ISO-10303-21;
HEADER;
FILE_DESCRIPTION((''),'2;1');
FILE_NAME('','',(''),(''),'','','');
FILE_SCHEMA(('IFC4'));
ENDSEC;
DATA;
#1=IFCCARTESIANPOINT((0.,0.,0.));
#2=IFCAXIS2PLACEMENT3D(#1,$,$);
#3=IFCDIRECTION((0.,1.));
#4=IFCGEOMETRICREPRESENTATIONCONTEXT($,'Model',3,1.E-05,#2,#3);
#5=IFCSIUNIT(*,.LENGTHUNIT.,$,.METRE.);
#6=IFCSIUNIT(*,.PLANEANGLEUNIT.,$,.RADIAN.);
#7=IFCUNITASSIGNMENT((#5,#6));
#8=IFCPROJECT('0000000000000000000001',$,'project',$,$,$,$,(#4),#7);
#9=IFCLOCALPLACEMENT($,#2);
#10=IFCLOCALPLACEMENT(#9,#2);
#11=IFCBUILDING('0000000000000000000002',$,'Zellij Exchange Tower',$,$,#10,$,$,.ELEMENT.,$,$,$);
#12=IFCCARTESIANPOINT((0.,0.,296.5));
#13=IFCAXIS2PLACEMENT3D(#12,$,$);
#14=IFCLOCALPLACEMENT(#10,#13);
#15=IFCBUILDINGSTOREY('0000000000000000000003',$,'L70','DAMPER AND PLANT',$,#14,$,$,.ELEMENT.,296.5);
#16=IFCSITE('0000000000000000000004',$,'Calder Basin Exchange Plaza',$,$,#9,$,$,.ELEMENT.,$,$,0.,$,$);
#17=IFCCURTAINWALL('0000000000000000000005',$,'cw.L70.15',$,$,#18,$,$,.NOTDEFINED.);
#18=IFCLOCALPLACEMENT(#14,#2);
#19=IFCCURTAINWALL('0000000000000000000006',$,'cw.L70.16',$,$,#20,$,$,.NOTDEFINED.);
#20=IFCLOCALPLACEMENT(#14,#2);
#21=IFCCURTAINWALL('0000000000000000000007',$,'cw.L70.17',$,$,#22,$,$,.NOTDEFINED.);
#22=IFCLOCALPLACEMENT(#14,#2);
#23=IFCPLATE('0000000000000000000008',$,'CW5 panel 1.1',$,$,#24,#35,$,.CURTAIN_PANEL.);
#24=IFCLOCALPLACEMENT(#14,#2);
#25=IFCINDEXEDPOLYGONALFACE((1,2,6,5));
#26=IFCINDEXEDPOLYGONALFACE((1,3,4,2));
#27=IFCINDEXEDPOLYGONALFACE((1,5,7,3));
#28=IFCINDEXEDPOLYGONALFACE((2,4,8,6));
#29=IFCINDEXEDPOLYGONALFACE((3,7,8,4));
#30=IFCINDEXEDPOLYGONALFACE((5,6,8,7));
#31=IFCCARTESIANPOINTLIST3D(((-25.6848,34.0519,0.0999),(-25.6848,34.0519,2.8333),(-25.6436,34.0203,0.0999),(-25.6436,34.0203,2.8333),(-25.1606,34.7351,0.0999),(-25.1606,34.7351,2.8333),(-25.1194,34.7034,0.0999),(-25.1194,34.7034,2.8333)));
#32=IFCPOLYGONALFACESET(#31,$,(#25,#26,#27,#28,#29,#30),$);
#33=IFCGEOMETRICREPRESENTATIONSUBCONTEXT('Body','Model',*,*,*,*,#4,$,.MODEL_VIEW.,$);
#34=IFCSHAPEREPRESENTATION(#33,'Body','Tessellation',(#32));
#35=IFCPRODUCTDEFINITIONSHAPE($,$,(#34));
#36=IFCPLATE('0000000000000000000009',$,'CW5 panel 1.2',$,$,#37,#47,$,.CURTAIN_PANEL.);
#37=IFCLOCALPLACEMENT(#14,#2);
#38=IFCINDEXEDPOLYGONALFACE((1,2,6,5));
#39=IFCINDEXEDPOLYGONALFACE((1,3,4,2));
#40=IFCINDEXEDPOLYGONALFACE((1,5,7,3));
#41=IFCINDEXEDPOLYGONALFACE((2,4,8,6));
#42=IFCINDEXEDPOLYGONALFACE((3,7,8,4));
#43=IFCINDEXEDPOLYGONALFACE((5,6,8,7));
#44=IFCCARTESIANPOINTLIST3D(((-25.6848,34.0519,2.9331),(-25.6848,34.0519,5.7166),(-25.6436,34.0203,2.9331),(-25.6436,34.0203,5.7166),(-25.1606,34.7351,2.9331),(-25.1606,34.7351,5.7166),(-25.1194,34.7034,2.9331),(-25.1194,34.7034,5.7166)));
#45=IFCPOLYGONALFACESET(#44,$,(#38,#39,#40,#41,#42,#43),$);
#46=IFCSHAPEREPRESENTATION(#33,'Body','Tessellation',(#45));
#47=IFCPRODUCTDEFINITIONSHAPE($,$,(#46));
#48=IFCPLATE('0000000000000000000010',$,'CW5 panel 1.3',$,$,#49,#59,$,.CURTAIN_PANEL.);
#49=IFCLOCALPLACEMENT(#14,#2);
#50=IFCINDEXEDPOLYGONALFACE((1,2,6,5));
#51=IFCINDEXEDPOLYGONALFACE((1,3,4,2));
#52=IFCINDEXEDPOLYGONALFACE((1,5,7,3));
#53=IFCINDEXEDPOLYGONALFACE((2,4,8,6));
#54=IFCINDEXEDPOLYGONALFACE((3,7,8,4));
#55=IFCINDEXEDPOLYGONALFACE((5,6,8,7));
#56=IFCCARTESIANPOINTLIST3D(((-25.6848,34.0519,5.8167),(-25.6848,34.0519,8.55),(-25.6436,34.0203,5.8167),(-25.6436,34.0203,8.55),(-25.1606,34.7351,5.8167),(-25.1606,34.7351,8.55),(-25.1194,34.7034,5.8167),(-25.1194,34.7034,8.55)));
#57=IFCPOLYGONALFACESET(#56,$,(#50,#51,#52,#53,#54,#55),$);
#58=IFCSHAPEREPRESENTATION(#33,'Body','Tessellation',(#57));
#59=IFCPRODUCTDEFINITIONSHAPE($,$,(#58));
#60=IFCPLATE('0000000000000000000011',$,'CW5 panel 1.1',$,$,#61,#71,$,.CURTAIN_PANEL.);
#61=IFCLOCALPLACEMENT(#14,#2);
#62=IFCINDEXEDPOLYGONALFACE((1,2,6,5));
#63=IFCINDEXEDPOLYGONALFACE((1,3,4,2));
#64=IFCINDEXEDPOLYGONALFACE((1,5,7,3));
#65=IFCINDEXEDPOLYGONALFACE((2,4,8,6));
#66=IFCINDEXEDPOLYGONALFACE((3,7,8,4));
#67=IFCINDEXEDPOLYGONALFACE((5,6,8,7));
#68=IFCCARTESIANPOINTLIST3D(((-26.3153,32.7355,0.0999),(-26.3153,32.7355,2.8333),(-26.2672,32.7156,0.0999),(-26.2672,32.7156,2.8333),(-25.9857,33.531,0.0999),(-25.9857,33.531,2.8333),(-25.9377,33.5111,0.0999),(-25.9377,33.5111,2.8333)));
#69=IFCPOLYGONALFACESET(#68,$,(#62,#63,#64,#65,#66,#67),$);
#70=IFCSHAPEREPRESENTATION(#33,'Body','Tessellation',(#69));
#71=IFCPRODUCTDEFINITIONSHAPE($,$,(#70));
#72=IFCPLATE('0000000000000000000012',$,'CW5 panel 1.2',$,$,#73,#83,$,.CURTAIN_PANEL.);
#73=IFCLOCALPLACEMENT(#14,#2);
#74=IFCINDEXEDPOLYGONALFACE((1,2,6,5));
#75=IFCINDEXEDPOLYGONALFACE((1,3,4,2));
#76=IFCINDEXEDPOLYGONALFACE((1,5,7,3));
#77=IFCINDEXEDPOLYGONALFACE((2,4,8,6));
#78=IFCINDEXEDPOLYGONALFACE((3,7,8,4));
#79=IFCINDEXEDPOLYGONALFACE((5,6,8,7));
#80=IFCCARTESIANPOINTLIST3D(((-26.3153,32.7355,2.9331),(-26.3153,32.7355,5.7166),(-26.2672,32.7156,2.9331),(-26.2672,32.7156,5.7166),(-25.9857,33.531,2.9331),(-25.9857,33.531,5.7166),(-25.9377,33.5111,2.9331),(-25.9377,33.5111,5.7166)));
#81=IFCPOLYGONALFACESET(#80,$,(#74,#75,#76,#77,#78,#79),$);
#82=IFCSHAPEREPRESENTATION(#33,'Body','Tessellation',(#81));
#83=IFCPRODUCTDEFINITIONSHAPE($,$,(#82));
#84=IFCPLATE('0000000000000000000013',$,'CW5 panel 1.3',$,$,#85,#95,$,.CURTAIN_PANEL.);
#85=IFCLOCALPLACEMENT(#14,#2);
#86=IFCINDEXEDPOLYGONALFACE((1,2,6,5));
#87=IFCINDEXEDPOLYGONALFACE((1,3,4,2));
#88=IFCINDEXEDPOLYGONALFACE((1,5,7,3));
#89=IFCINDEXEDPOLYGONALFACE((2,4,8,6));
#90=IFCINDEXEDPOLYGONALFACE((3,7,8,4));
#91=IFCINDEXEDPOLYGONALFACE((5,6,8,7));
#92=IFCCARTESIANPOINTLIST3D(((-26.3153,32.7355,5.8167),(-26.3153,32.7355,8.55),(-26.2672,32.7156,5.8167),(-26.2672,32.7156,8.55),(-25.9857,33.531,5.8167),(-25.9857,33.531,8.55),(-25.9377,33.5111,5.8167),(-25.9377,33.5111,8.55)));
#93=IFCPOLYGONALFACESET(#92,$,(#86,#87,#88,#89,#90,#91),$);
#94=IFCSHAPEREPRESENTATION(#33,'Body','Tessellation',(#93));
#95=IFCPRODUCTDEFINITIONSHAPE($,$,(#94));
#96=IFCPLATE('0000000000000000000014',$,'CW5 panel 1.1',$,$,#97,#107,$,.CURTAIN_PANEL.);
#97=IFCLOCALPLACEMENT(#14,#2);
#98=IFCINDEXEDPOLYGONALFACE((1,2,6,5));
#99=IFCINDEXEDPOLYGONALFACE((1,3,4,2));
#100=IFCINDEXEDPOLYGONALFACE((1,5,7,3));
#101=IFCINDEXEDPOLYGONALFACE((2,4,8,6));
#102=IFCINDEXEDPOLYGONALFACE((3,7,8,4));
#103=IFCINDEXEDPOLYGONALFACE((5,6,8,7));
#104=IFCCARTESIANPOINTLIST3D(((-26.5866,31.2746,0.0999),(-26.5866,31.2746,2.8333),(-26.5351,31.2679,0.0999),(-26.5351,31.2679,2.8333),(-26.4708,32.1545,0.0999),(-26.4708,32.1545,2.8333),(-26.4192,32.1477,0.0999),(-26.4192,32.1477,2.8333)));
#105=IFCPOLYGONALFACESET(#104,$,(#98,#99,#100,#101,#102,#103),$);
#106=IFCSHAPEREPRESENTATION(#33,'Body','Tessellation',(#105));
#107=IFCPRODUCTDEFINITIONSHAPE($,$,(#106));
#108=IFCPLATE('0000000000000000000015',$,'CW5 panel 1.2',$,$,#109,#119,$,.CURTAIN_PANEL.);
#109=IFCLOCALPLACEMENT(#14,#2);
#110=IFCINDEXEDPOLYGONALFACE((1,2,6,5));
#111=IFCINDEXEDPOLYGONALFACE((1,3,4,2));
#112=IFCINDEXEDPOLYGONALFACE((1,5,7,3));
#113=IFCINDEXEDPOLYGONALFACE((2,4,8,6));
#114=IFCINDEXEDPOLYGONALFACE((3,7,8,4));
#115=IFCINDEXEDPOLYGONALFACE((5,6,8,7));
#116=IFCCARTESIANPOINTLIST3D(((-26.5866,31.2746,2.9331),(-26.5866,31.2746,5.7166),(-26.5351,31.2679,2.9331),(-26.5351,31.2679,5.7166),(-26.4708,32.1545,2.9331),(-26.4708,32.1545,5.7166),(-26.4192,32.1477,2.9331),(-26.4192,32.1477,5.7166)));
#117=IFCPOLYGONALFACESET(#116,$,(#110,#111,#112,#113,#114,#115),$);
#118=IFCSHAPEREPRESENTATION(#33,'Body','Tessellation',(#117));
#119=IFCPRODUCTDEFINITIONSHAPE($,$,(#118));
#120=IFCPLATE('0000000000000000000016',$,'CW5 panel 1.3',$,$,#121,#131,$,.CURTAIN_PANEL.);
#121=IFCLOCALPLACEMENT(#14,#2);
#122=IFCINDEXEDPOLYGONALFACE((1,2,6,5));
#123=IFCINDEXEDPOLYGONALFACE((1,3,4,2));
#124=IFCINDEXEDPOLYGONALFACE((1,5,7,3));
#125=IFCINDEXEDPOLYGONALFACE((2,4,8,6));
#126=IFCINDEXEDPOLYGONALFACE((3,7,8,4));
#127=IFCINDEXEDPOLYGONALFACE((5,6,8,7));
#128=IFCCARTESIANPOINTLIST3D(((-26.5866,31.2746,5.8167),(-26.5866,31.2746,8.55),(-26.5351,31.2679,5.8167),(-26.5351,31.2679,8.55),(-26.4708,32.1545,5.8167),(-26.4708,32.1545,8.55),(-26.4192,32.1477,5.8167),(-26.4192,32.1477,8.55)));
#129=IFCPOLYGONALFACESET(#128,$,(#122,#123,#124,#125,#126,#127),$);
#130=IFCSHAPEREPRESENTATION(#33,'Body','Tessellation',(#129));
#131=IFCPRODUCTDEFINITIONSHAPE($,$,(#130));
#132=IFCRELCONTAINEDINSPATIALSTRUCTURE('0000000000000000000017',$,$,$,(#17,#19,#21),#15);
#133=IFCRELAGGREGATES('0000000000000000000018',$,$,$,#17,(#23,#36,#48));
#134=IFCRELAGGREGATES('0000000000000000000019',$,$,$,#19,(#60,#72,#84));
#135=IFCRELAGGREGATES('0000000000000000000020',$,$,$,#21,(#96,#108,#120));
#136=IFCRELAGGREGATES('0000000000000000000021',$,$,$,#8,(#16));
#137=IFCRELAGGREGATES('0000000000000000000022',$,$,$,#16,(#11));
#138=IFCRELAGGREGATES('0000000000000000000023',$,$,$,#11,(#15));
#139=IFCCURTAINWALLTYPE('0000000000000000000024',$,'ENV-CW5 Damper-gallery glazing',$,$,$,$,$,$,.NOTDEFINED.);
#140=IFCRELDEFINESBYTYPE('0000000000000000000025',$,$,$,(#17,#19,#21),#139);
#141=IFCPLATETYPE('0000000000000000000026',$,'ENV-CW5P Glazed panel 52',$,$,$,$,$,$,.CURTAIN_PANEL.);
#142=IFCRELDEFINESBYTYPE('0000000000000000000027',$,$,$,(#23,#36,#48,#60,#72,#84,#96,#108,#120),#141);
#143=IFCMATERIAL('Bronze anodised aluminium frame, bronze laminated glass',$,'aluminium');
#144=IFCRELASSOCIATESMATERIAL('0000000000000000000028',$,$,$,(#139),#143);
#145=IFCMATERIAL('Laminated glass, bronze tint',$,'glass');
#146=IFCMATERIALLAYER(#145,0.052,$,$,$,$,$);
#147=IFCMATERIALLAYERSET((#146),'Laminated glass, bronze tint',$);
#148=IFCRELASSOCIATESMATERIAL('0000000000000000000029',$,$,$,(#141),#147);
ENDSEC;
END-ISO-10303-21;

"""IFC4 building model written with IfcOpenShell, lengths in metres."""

from ifc_helpers import new_model, si_unit, direction, frame, origin, origin_2d, place, context, subcontext, project, spatial, rectangle, extrude, material, layer, layer_set, type_object, element, aggregate, save


model = new_model("IFC4")

# Units and contexts
model_context = context("Model", 3, precision=1e-05, world=origin(), true_north=direction((0.0, 1.0)))
body_context = subcontext(model_context, "Body", "Model", "MODEL_VIEW")
ifc_project = project(units=[si_unit("LENGTHUNIT", "METRE"), si_unit("PLANEANGLEUNIT", "RADIAN")], contexts=[model_context])

# Site, building, storey
site_placement = place(None, origin())
site = spatial("IfcSite", under=ifc_project, at=site_placement, Name="Calder Basin Exchange Plaza", CompositionType="ELEMENT", RefElevation=0.0)
building_placement = place(site_placement, origin())
building = spatial("IfcBuilding", under=site, at=building_placement, Name="Zellij Exchange Tower", CompositionType="ELEMENT")
storey_placement = place(building_placement, frame((0.0, 0.0, 296.5)))
storey = spatial("IfcBuildingStorey", under=building, at=storey_placement, Name="L70", Description="DAMPER AND PLANT", CompositionType="ELEMENT", Elevation=296.5)

# Curtain walls
ifc_material_1 = material(Name="Bronze anodised aluminium frame, bronze laminated glass", Category="aluminium")
curtain_wall_type = type_object("IfcCurtainWallType", Name="ENV-CW5 Damper-gallery glazing", PredefinedType="NOTDEFINED", material=ifc_material_1)
curtain_wall_1_placement = place(storey_placement, origin())
curtain_wall_1 = element("IfcCurtainWall", 1, at=curtain_wall_1_placement, inside=storey, type_object=curtain_wall_type, Name="cw.L70.15", PredefinedType="NOTDEFINED")
curtain_wall_2_placement = place(storey_placement, origin())
curtain_wall_2 = element("IfcCurtainWall", 2, at=curtain_wall_2_placement, inside=storey, type_object=curtain_wall_type, Name="cw.L70.16", PredefinedType="NOTDEFINED")
curtain_wall_3_placement = place(storey_placement, origin())
curtain_wall_3 = element("IfcCurtainWall", 3, at=curtain_wall_3_placement, inside=storey, type_object=curtain_wall_type, Name="cw.L70.17", PredefinedType="NOTDEFINED")

# Plates
ifc_material_2 = material(Name="Laminated glass, bronze tint", Category="glass")
ifc_layer = layer(ifc_material_2, 0.052)
ifc_layer_set = layer_set([ifc_layer], Name="Laminated glass, bronze tint")
plate_type = type_object("IfcPlateType", Name="ENV-CW5P Glazed panel 52", PredefinedType="CURTAIN_PANEL", material=ifc_layer_set)
plate_1_placement = place(storey_placement, frame((-25.4021, 34.3777, 0.0999), z_axis=(0.0, 0.0, 1.0), x_axis=(-0.60874, -0.79337, 0.0)))
plate_1 = element("IfcPlate", 4, at=plate_1_placement, type_object=plate_type, Name="CW5 panel 1.1", PredefinedType="CURTAIN_PANEL", context=body_context, shape_type="SweptSolid", body=[
    extrude(rectangle(XDim=0.8611, YDim=0.052, at=origin_2d()), origin(), (0.0, 0.0, 1.0), 2.7334),
])
plate_2_placement = place(storey_placement, frame((-25.4021, 34.3777, 2.9331), z_axis=(0.0, 0.0, 1.0), x_axis=(-0.60874, -0.79337, 0.0)))
plate_2 = element("IfcPlate", 5, at=plate_2_placement, type_object=plate_type, Name="CW5 panel 1.2", PredefinedType="CURTAIN_PANEL", context=body_context, shape_type="SweptSolid", body=[
    extrude(rectangle(XDim=0.8611, YDim=0.052, at=origin_2d()), origin(), (0.0, 0.0, 1.0), 2.7834),
])
plate_3_placement = place(storey_placement, frame((-25.4021, 34.3777, 5.8167), z_axis=(0.0, 0.0, 1.0), x_axis=(-0.60874, -0.79337, 0.0)))
plate_3 = element("IfcPlate", 6, at=plate_3_placement, type_object=plate_type, Name="CW5 panel 1.3", PredefinedType="CURTAIN_PANEL", context=body_context, shape_type="SweptSolid", body=[
    extrude(rectangle(XDim=0.8611, YDim=0.052, at=origin_2d()), origin(), (0.0, 0.0, 1.0), 2.7334),
])
aggregate(curtain_wall_1, [plate_1, plate_2, plate_3])
plate_4_placement = place(storey_placement, frame((-26.1265, 33.1233, 0.0999), z_axis=(0.0, 0.0, 1.0), x_axis=(-0.382754, -0.92385, 0.0)))
plate_4 = element("IfcPlate", 7, at=plate_4_placement, type_object=plate_type, Name="CW5 panel 1.1", PredefinedType="CURTAIN_PANEL", context=body_context, shape_type="SweptSolid", body=[
    extrude(rectangle(XDim=0.8611, YDim=0.052, at=origin_2d()), origin(), (0.0, 0.0, 1.0), 2.7334),
])
plate_5_placement = place(storey_placement, frame((-26.1265, 33.1233, 2.9331), z_axis=(0.0, 0.0, 1.0), x_axis=(-0.382754, -0.92385, 0.0)))
plate_5 = element("IfcPlate", 8, at=plate_5_placement, type_object=plate_type, Name="CW5 panel 1.2", PredefinedType="CURTAIN_PANEL", context=body_context, shape_type="SweptSolid", body=[
    extrude(rectangle(XDim=0.8611, YDim=0.052, at=origin_2d()), origin(), (0.0, 0.0, 1.0), 2.7834),
])
plate_6_placement = place(storey_placement, frame((-26.1265, 33.1233, 5.8167), z_axis=(0.0, 0.0, 1.0), x_axis=(-0.382754, -0.92385, 0.0)))
plate_6 = element("IfcPlate", 9, at=plate_6_placement, type_object=plate_type, Name="CW5 panel 1.3", PredefinedType="CURTAIN_PANEL", context=body_context, shape_type="SweptSolid", body=[
    extrude(rectangle(XDim=0.8611, YDim=0.052, at=origin_2d()), origin(), (0.0, 0.0, 1.0), 2.7334),
])
aggregate(curtain_wall_2, [plate_4, plate_5, plate_6])
plate_7_placement = place(storey_placement, frame((-26.5029, 31.7112, 0.0999), z_axis=(0.0, 0.0, 1.0), x_axis=(-0.130495, -0.991449, 0.0)))
plate_7 = element("IfcPlate", 10, at=plate_7_placement, type_object=plate_type, Name="CW5 panel 1.1", PredefinedType="CURTAIN_PANEL", context=body_context, shape_type="SweptSolid", body=[
    extrude(rectangle(XDim=0.8875, YDim=0.052, at=origin_2d()), origin(), (0.0, 0.0, 1.0), 2.7334),
])
plate_8_placement = place(storey_placement, frame((-26.5029, 31.7112, 2.9331), z_axis=(0.0, 0.0, 1.0), x_axis=(-0.130495, -0.991449, 0.0)))
plate_8 = element("IfcPlate", 11, at=plate_8_placement, type_object=plate_type, Name="CW5 panel 1.2", PredefinedType="CURTAIN_PANEL", context=body_context, shape_type="SweptSolid", body=[
    extrude(rectangle(XDim=0.8875, YDim=0.052, at=origin_2d()), origin(), (0.0, 0.0, 1.0), 2.7834),
])
plate_9_placement = place(storey_placement, frame((-26.5029, 31.7112, 5.8167), z_axis=(0.0, 0.0, 1.0), x_axis=(-0.130495, -0.991449, 0.0)))
plate_9 = element("IfcPlate", 12, at=plate_9_placement, type_object=plate_type, Name="CW5 panel 1.3", PredefinedType="CURTAIN_PANEL", context=body_context, shape_type="SweptSolid", body=[
    extrude(rectangle(XDim=0.8875, YDim=0.052, at=origin_2d()), origin(), (0.0, 0.0, 1.0), 2.7334),
])
aggregate(curtain_wall_3, [plate_7, plate_8, plate_9])

save(model, "model.ifc")
